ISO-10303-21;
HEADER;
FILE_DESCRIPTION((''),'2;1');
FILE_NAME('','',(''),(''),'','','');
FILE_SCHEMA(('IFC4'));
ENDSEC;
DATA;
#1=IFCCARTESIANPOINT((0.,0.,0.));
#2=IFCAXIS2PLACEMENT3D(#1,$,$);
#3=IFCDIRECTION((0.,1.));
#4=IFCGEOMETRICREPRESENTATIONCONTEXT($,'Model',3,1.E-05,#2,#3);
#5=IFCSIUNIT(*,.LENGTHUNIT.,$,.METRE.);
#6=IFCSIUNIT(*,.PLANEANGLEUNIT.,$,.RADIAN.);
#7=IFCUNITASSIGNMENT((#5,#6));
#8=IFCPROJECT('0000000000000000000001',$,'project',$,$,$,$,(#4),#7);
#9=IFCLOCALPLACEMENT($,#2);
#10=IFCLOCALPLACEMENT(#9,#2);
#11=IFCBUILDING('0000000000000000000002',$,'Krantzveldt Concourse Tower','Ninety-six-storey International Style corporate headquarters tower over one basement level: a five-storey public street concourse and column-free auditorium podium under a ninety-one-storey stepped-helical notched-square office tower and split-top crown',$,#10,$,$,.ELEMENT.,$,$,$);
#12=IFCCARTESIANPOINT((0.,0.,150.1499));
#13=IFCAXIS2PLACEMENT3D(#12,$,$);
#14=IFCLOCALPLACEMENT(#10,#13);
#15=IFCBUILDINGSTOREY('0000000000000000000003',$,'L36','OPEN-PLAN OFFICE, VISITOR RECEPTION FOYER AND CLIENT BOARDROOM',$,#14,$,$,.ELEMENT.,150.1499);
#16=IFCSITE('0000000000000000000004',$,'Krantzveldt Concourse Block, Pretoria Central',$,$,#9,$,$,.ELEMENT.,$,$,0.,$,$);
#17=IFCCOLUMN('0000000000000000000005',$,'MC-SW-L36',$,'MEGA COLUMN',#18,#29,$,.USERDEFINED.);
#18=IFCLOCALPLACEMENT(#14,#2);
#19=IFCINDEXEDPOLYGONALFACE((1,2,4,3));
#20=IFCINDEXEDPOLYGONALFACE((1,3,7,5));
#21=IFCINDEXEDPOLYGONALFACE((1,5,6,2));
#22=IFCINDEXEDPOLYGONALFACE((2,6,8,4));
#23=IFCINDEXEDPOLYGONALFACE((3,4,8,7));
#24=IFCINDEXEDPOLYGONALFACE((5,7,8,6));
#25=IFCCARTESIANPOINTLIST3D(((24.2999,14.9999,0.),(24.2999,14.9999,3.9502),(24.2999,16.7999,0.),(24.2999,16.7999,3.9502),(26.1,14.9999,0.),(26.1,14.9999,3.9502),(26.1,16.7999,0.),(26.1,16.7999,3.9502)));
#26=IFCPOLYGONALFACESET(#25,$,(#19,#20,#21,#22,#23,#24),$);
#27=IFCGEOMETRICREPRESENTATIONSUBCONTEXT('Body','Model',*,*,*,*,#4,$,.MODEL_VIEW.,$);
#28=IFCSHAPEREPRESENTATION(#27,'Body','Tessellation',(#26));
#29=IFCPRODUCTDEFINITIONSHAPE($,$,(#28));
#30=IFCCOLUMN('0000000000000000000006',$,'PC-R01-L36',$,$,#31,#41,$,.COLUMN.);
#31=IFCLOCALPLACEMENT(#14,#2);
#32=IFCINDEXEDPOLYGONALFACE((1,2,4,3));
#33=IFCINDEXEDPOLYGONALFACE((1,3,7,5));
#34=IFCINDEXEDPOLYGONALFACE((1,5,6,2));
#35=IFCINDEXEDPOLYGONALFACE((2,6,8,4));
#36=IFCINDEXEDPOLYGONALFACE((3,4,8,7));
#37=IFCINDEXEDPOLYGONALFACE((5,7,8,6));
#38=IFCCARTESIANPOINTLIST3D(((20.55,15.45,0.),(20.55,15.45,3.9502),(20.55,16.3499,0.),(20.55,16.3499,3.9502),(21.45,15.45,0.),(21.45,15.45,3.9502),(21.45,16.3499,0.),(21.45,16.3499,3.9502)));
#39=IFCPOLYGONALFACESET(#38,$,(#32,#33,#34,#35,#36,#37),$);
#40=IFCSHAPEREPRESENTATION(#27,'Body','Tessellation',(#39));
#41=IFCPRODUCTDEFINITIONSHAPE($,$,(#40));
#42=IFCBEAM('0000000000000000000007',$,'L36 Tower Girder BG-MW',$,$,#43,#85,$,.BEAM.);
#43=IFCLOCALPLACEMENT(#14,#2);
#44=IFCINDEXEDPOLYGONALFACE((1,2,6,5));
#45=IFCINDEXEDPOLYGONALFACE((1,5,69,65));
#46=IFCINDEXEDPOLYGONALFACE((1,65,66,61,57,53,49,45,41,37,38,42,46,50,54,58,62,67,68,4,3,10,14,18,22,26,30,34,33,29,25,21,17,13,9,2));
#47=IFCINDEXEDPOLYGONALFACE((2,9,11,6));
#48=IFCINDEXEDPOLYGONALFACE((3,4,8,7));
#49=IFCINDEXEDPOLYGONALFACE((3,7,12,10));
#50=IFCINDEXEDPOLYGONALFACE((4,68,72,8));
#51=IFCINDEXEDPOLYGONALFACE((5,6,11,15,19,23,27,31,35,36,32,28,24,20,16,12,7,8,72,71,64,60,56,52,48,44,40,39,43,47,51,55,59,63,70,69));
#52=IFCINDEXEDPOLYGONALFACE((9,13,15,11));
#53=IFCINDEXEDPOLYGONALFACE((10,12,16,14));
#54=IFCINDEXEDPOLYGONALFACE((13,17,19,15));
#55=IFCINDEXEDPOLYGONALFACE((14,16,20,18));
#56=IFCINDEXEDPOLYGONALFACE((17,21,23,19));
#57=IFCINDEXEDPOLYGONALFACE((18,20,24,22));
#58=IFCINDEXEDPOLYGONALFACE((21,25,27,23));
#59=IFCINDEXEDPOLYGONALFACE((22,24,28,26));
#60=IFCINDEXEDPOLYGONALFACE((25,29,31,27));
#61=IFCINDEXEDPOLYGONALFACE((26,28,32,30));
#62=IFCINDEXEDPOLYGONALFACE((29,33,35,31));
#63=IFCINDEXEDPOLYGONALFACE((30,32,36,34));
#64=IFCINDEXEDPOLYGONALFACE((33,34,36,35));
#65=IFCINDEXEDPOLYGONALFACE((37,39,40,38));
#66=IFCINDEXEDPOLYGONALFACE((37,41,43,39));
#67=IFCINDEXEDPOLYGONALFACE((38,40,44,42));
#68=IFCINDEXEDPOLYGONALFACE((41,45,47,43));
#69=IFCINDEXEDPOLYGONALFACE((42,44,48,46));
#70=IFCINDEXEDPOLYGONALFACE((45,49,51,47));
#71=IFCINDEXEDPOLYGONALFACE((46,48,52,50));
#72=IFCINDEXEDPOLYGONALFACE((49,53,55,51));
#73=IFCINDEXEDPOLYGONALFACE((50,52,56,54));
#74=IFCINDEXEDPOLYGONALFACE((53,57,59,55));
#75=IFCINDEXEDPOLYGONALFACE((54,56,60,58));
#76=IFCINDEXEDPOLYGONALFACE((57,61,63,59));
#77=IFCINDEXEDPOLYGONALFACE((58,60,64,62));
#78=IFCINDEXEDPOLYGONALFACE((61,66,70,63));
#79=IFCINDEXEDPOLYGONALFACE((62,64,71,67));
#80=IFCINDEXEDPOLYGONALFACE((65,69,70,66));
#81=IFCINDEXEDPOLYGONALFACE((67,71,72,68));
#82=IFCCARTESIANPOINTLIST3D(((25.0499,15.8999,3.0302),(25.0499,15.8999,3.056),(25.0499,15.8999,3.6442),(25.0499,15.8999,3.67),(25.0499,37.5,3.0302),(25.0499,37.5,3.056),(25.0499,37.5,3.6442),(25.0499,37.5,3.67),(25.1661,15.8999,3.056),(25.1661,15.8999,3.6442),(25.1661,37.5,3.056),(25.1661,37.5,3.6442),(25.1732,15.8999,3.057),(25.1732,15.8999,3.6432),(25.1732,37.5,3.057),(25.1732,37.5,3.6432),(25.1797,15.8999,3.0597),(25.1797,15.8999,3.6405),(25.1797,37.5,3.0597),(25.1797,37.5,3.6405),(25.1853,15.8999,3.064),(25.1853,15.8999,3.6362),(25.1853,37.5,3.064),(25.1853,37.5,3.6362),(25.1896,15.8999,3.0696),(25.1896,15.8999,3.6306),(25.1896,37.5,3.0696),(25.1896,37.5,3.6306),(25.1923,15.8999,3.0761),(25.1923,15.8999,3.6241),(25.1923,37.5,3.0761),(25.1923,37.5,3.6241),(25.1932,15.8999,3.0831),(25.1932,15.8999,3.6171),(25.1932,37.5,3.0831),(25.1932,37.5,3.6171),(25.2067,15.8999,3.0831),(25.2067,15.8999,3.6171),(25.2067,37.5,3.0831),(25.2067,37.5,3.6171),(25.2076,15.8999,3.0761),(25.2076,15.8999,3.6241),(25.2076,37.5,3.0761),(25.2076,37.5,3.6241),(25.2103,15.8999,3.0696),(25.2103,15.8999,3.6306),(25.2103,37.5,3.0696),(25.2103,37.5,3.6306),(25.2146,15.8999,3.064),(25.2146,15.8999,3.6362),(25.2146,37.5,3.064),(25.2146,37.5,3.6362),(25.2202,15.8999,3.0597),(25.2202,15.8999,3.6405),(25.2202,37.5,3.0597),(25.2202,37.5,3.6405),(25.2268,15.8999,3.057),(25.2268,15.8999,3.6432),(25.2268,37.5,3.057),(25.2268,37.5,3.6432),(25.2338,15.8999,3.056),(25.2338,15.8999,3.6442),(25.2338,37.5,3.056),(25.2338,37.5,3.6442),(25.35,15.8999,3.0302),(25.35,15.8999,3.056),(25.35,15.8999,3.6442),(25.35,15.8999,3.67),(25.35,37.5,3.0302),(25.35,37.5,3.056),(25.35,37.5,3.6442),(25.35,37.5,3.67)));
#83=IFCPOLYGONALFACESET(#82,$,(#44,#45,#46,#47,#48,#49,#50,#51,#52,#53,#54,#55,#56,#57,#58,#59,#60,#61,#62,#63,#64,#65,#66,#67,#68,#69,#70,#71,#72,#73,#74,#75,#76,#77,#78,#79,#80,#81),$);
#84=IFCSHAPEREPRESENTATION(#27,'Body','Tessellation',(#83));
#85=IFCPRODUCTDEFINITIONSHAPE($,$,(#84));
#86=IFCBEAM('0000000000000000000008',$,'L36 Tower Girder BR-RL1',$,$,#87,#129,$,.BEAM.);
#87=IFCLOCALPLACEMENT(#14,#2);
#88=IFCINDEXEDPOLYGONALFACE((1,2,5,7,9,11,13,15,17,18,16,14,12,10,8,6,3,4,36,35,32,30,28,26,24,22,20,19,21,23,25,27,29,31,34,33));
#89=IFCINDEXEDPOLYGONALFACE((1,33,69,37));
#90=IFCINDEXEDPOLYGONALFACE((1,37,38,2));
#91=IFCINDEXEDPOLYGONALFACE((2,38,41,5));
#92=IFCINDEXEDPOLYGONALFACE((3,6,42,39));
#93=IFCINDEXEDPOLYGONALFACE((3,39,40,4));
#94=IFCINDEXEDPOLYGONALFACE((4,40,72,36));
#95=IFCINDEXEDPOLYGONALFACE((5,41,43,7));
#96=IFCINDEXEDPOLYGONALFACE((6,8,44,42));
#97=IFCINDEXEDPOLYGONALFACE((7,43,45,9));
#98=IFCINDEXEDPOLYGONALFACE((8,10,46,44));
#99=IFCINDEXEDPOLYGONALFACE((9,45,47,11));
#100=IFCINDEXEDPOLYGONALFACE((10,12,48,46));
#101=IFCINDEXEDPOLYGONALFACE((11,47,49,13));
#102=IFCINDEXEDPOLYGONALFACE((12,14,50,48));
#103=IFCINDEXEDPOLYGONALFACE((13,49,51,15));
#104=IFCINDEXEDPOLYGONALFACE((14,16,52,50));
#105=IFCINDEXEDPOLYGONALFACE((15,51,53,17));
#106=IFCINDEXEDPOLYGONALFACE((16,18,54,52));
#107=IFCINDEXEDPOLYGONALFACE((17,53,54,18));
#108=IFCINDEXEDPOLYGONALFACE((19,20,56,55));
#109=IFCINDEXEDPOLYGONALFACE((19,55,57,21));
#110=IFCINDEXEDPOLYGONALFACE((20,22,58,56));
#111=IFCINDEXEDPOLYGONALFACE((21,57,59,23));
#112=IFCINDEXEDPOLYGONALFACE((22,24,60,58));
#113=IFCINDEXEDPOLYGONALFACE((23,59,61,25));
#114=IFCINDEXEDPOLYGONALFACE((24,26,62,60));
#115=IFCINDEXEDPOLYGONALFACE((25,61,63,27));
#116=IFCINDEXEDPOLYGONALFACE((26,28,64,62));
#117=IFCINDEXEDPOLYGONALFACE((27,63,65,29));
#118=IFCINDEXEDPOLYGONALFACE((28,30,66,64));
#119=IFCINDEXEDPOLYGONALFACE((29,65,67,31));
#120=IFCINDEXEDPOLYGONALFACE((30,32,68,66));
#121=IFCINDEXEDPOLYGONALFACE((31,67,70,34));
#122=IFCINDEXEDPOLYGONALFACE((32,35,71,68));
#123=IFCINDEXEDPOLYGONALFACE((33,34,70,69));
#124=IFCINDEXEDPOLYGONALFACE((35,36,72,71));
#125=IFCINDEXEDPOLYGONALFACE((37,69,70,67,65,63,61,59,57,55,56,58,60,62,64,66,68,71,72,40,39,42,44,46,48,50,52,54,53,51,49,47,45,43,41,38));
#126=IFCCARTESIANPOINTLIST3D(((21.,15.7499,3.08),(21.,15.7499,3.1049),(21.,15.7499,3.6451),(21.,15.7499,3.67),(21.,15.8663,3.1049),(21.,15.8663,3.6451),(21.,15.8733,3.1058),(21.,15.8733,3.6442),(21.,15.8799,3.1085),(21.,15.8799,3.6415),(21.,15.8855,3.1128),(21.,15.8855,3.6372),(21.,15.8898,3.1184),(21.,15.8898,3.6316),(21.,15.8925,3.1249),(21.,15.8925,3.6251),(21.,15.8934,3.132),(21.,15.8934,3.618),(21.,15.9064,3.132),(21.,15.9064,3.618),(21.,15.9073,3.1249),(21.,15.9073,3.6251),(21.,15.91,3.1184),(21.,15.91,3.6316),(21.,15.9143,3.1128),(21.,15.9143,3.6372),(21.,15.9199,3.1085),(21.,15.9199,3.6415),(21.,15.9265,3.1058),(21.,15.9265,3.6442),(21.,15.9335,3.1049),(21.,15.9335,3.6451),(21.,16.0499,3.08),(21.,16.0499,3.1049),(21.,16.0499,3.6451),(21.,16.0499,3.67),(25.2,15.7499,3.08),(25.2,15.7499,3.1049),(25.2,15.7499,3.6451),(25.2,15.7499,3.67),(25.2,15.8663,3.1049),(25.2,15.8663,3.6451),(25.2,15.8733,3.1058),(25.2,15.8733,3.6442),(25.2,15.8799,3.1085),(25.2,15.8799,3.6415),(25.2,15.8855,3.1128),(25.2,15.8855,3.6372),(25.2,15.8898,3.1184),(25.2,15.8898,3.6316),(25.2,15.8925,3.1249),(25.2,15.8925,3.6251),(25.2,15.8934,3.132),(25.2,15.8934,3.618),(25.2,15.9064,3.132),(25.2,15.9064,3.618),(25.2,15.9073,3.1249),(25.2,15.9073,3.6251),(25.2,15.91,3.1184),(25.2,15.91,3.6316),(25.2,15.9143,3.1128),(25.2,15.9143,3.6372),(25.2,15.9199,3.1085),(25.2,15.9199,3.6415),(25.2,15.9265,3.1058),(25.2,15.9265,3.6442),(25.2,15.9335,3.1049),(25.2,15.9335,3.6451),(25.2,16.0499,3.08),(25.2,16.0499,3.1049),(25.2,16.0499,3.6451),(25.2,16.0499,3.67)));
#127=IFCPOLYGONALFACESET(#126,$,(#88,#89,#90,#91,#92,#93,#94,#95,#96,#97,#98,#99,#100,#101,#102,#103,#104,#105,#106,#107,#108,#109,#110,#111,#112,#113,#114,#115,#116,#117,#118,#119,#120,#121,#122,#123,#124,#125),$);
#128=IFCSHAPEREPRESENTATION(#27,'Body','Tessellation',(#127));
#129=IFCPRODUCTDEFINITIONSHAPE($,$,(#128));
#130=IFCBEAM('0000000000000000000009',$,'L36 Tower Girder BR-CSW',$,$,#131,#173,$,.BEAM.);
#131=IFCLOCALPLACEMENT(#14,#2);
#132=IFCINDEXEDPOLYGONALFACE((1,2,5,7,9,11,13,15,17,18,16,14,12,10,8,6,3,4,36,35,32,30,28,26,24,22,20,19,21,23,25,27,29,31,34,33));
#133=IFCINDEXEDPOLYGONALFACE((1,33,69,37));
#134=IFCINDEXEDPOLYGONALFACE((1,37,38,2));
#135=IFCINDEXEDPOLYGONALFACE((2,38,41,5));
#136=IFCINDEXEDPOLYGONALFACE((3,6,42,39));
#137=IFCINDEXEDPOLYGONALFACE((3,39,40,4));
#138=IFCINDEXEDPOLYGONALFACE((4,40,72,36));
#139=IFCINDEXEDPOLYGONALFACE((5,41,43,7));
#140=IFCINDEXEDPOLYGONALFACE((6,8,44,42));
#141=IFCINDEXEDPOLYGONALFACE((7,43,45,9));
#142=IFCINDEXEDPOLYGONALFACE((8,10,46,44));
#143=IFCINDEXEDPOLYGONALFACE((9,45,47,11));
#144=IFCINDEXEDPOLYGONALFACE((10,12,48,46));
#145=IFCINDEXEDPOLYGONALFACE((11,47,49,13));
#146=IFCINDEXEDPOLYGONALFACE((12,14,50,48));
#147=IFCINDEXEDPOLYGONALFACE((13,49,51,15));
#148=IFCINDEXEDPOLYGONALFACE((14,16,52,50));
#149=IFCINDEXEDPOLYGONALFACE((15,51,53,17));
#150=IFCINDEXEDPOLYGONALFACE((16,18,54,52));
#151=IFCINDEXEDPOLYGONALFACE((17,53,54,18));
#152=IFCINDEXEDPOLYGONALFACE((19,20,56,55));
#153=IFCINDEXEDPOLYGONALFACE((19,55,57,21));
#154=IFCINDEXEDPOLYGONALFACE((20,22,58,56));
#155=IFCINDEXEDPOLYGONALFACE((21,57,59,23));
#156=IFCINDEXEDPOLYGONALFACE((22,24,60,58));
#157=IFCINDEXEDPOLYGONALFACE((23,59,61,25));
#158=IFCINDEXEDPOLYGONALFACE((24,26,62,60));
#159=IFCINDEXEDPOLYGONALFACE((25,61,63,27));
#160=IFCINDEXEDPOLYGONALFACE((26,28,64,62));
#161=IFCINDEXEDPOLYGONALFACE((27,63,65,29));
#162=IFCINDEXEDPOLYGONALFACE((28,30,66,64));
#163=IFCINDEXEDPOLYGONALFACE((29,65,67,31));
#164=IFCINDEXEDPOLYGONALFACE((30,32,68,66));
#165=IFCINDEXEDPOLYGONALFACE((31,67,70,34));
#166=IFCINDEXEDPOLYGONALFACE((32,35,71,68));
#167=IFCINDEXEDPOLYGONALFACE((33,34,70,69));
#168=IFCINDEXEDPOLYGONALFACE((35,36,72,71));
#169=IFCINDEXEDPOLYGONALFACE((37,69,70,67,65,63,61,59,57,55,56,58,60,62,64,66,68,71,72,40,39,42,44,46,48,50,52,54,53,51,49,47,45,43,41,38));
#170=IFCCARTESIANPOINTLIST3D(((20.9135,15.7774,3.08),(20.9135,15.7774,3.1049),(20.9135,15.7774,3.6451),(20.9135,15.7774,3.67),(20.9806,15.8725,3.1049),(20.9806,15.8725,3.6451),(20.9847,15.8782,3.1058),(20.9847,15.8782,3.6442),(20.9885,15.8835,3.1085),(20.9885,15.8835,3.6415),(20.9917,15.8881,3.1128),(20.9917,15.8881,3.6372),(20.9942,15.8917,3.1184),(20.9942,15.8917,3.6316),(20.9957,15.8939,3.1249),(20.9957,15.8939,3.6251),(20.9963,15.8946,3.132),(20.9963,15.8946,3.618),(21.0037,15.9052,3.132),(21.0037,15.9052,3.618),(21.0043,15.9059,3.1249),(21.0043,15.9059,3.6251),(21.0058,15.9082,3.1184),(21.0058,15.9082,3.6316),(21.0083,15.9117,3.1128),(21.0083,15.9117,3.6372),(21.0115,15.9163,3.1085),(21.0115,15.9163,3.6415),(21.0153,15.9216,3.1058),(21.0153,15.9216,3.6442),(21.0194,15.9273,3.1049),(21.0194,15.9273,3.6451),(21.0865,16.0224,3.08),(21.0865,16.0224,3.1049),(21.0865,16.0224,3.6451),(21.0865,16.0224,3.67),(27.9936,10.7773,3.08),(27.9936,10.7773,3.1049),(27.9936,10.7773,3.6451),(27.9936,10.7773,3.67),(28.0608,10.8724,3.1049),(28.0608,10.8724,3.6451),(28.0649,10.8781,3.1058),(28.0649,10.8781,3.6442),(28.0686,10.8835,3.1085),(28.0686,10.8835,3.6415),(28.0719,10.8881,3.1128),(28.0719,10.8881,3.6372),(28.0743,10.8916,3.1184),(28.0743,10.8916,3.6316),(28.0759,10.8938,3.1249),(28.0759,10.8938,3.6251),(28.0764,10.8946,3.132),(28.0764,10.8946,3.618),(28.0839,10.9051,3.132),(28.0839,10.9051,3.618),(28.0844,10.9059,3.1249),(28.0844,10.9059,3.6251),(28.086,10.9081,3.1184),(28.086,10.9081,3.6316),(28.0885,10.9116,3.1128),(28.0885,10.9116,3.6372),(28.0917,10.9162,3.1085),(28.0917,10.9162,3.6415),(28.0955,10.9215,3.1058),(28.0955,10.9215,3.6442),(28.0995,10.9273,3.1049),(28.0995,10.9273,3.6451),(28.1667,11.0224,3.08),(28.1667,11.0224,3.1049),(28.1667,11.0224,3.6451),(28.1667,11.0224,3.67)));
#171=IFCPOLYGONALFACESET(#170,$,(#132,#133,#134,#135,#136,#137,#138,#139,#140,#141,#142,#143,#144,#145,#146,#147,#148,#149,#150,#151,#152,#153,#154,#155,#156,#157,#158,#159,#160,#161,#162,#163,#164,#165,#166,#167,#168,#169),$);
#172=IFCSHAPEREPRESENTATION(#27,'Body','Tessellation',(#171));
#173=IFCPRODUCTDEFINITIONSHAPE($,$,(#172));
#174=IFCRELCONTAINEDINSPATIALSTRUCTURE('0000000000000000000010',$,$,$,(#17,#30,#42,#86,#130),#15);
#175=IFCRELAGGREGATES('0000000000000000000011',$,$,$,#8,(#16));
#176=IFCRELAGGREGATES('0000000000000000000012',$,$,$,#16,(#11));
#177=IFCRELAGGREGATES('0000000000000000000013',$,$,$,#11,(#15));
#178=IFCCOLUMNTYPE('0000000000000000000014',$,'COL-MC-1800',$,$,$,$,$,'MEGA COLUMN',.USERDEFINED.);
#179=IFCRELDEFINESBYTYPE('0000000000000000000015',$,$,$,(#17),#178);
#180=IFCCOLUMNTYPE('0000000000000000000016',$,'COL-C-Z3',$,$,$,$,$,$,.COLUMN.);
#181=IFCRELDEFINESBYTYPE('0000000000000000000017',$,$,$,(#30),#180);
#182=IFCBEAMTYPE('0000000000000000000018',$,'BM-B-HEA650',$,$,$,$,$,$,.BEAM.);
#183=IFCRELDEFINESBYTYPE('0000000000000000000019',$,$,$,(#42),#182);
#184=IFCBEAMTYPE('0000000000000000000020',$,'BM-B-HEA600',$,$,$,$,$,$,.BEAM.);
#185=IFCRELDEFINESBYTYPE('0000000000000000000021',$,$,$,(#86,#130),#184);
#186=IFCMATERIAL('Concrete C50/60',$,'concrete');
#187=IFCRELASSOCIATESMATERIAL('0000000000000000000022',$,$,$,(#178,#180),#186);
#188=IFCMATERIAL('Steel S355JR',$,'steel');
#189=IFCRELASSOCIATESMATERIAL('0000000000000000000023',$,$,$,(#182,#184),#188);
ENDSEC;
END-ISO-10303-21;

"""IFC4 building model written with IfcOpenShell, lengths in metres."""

from ifc_helpers import new_model, si_unit, direction, frame, origin, origin_2d, place, context, subcontext, project, spatial, rectangle, i_section, extrude, source, transform, mapped, material, material_profile, profile_set, type_object, type_shapes, element, save


model = new_model("IFC4")

# Units and contexts
model_context = context("Model", 3, precision=1e-05, world=origin(), true_north=direction((0.0, 1.0)))
body_context = subcontext(model_context, "Body", "Model", "MODEL_VIEW")
ifc_project = project(units=[si_unit("LENGTHUNIT", "METRE"), si_unit("PLANEANGLEUNIT", "RADIAN")], contexts=[model_context])

# Site, building, storey
site_placement = place(None, origin())
site = spatial("IfcSite", under=ifc_project, at=site_placement, Name="Krantzveldt Concourse Block, Pretoria Central", CompositionType="ELEMENT", RefElevation=0.0)
building_placement = place(site_placement, origin())
building = spatial("IfcBuilding", under=site, at=building_placement, Name="Krantzveldt Concourse Tower", Description="Ninety-six-storey International Style corporate headquarters tower over one basement level: a five-storey public street concourse and column-free auditorium podium under a ninety-one-storey stepped-helical notched-square office tower and split-top crown", CompositionType="ELEMENT")
storey_placement = place(building_placement, frame((0.0, 0.0, 150.1499)))
storey = spatial("IfcBuildingStorey", under=building, at=storey_placement, Name="L36", Description="OPEN-PLAN OFFICE, VISITOR RECEPTION FOYER AND CLIENT BOARDROOM", CompositionType="ELEMENT", Elevation=150.1499)

# Columns
ifc_material_1 = material(Name="Concrete C50/60", Category="concrete")
ifc_material_profile_1 = material_profile(ifc_material_1, rectangle(XDim=1.8, YDim=1.8, at=origin_2d()), Name="Concrete C50/60", Category="concrete")
ifc_profile_set_1 = profile_set([ifc_material_profile_1], Name="Concrete C50/60 - RC 1800x1800")
column_type_1 = type_object("IfcColumnType", Name="COL-MC-1800", ElementType="MEGA COLUMN", PredefinedType="USERDEFINED", material=ifc_profile_set_1)
shared_shape_1 = source(origin(), body_context, "Body", "SweptSolid", [
    extrude(rectangle(XDim=1.8, YDim=1.8, at=origin_2d()), origin(), (0.0, 0.0, 1.0), 3.9502),
])
type_shapes(column_type_1, [shared_shape_1])
column_1_placement = place(storey_placement, frame((25.2, 15.8999, 0.0), z_axis=(0.0, 0.0, 1.0), x_axis=(1.0, 0.0, 0.0)))
element("IfcColumn", 1, at=column_1_placement, inside=storey, type_object=column_type_1, Name="MC-SW-L36", ObjectType="MEGA COLUMN", PredefinedType="USERDEFINED", context=body_context, shape_type="MappedRepresentation", body=[
    mapped(shared_shape_1, transform((0.0, 0.0, 0.0), x_axis=(1.0, 0.0, 0.0), y_axis=(0.0, 1.0, 0.0), z_axis=(0.0, 0.0, 1.0), scale=1.0)),
])
ifc_material_profile_2 = material_profile(ifc_material_1, rectangle(XDim=0.8999, YDim=0.8999, at=origin_2d()), Name="Concrete C50/60", Category="concrete")
ifc_profile_set_2 = profile_set([ifc_material_profile_2], Name="Concrete C50/60 - RC 900x900")
column_type_2 = type_object("IfcColumnType", Name="COL-C-Z3", PredefinedType="COLUMN", material=ifc_profile_set_2)
shared_shape_2 = source(origin(), body_context, "Body", "SweptSolid", [
    extrude(rectangle(XDim=0.8999, YDim=0.8999, at=origin_2d()), origin(), (0.0, 0.0, 1.0), 3.9502),
])
type_shapes(column_type_2, [shared_shape_2])
column_2_placement = place(storey_placement, frame((21.0, 15.8999, 0.0), z_axis=(0.0, 0.0, 1.0), x_axis=(1.0, 0.0, 0.0)))
element("IfcColumn", 2, at=column_2_placement, inside=storey, type_object=column_type_2, Name="PC-R01-L36", PredefinedType="COLUMN", context=body_context, shape_type="MappedRepresentation", body=[
    mapped(shared_shape_2, transform((0.0, 0.0, 0.0), x_axis=(1.0, 0.0, 0.0), y_axis=(0.0, 1.0, 0.0), z_axis=(0.0, 0.0, 1.0), scale=1.0)),
])

# Beams
ifc_material_2 = material(Name="Steel S355JR", Category="steel")
ifc_material_profile_3 = material_profile(ifc_material_2, i_section(OverallWidth=0.3, OverallDepth=0.6399, WebThickness=0.0134, FlangeThickness=0.0259, FilletRadius=0.0271, at=origin_2d()), Name="Steel S355JR", Category="steel")
ifc_profile_set_3 = profile_set([ifc_material_profile_3], Name="Steel S355JR - HEA 650")
beam_type_1 = type_object("IfcBeamType", Name="BM-B-HEA650", PredefinedType="BEAM", material=ifc_profile_set_3)
shared_shape_3 = source(origin(), body_context, "Body", "SweptSolid", [
    extrude(i_section(OverallWidth=0.3, OverallDepth=0.6399, WebThickness=0.0134, FlangeThickness=0.0259, FilletRadius=0.0271, at=origin_2d()), origin(), (0.0, 0.0, 1.0), 21.6001),
])
type_shapes(beam_type_1, [shared_shape_3])
beam_1_placement = place(storey_placement, frame((25.2, 15.8999, 3.3501), z_axis=(0.0, 1.0, 0.0), x_axis=(-1.0, 0.0, 0.0)))
element("IfcBeam", 3, at=beam_1_placement, inside=storey, type_object=beam_type_1, Name="L36 Tower Girder BG-MW", PredefinedType="BEAM", context=body_context, shape_type="MappedRepresentation", body=[
    mapped(shared_shape_3, transform((0.0, 0.0, 0.0), x_axis=(1.0, 0.0, 0.0), y_axis=(0.0, 1.0, 0.0), z_axis=(0.0, 0.0, 1.0), scale=1.0)),
])
ifc_material_profile_4 = material_profile(ifc_material_2, i_section(OverallWidth=0.3, OverallDepth=0.5901, WebThickness=0.0129, FlangeThickness=0.0249, FilletRadius=0.0271, at=origin_2d()), Name="Steel S355JR", Category="steel")
ifc_profile_set_4 = profile_set([ifc_material_profile_4], Name="Steel S355JR - HEA 600")
beam_type_2 = type_object("IfcBeamType", Name="BM-B-HEA600", PredefinedType="BEAM", material=ifc_profile_set_4)
shared_shape_4 = source(origin(), body_context, "Body", "SweptSolid", [
    extrude(i_section(OverallWidth=0.3, OverallDepth=0.5901, WebThickness=0.0129, FlangeThickness=0.0249, FilletRadius=0.0271, at=origin_2d()), origin(), (0.0, 0.0, 1.0), 4.2),
])
beam_2_placement = place(storey_placement, frame((21.0, 15.8999, 3.375), z_axis=(1.0, 0.0, 0.0), x_axis=(0.0, 1.0, 0.0)))
element("IfcBeam", 4, at=beam_2_placement, inside=storey, type_object=beam_type_2, Name="L36 Tower Girder BR-RL1", PredefinedType="BEAM", context=body_context, shape_type="MappedRepresentation", body=[
    mapped(shared_shape_4, transform((0.0, 0.0, 0.0), x_axis=(1.0, 0.0, 0.0), y_axis=(0.0, 1.0, 0.0), z_axis=(0.0, 0.0, 1.0), scale=1.0)),
])
shared_shape_5 = source(origin(), body_context, "Body", "SweptSolid", [
    extrude(i_section(OverallWidth=0.3, OverallDepth=0.5901, WebThickness=0.0129, FlangeThickness=0.0249, FilletRadius=0.0271, at=origin_2d()), origin(), (0.0, 0.0, 1.0), 8.6677),
])
type_shapes(beam_type_2, [shared_shape_4, shared_shape_5])
beam_3_placement = place(storey_placement, frame((21.0, 15.8999, 3.375), z_axis=(0.816843, -0.57686, 0.0), x_axis=(0.57686, 0.816843, 0.0)))
element("IfcBeam", 5, at=beam_3_placement, inside=storey, type_object=beam_type_2, Name="L36 Tower Girder BR-CSW", PredefinedType="BEAM", context=body_context, shape_type="MappedRepresentation", body=[
    mapped(shared_shape_5, transform((0.0, 0.0, 0.0), x_axis=(1.0, 0.0, 0.0), y_axis=(0.0, 1.0, 0.0), z_axis=(0.0, 0.0, 1.0), scale=1.0)),
])

save(model, "model.ifc")
